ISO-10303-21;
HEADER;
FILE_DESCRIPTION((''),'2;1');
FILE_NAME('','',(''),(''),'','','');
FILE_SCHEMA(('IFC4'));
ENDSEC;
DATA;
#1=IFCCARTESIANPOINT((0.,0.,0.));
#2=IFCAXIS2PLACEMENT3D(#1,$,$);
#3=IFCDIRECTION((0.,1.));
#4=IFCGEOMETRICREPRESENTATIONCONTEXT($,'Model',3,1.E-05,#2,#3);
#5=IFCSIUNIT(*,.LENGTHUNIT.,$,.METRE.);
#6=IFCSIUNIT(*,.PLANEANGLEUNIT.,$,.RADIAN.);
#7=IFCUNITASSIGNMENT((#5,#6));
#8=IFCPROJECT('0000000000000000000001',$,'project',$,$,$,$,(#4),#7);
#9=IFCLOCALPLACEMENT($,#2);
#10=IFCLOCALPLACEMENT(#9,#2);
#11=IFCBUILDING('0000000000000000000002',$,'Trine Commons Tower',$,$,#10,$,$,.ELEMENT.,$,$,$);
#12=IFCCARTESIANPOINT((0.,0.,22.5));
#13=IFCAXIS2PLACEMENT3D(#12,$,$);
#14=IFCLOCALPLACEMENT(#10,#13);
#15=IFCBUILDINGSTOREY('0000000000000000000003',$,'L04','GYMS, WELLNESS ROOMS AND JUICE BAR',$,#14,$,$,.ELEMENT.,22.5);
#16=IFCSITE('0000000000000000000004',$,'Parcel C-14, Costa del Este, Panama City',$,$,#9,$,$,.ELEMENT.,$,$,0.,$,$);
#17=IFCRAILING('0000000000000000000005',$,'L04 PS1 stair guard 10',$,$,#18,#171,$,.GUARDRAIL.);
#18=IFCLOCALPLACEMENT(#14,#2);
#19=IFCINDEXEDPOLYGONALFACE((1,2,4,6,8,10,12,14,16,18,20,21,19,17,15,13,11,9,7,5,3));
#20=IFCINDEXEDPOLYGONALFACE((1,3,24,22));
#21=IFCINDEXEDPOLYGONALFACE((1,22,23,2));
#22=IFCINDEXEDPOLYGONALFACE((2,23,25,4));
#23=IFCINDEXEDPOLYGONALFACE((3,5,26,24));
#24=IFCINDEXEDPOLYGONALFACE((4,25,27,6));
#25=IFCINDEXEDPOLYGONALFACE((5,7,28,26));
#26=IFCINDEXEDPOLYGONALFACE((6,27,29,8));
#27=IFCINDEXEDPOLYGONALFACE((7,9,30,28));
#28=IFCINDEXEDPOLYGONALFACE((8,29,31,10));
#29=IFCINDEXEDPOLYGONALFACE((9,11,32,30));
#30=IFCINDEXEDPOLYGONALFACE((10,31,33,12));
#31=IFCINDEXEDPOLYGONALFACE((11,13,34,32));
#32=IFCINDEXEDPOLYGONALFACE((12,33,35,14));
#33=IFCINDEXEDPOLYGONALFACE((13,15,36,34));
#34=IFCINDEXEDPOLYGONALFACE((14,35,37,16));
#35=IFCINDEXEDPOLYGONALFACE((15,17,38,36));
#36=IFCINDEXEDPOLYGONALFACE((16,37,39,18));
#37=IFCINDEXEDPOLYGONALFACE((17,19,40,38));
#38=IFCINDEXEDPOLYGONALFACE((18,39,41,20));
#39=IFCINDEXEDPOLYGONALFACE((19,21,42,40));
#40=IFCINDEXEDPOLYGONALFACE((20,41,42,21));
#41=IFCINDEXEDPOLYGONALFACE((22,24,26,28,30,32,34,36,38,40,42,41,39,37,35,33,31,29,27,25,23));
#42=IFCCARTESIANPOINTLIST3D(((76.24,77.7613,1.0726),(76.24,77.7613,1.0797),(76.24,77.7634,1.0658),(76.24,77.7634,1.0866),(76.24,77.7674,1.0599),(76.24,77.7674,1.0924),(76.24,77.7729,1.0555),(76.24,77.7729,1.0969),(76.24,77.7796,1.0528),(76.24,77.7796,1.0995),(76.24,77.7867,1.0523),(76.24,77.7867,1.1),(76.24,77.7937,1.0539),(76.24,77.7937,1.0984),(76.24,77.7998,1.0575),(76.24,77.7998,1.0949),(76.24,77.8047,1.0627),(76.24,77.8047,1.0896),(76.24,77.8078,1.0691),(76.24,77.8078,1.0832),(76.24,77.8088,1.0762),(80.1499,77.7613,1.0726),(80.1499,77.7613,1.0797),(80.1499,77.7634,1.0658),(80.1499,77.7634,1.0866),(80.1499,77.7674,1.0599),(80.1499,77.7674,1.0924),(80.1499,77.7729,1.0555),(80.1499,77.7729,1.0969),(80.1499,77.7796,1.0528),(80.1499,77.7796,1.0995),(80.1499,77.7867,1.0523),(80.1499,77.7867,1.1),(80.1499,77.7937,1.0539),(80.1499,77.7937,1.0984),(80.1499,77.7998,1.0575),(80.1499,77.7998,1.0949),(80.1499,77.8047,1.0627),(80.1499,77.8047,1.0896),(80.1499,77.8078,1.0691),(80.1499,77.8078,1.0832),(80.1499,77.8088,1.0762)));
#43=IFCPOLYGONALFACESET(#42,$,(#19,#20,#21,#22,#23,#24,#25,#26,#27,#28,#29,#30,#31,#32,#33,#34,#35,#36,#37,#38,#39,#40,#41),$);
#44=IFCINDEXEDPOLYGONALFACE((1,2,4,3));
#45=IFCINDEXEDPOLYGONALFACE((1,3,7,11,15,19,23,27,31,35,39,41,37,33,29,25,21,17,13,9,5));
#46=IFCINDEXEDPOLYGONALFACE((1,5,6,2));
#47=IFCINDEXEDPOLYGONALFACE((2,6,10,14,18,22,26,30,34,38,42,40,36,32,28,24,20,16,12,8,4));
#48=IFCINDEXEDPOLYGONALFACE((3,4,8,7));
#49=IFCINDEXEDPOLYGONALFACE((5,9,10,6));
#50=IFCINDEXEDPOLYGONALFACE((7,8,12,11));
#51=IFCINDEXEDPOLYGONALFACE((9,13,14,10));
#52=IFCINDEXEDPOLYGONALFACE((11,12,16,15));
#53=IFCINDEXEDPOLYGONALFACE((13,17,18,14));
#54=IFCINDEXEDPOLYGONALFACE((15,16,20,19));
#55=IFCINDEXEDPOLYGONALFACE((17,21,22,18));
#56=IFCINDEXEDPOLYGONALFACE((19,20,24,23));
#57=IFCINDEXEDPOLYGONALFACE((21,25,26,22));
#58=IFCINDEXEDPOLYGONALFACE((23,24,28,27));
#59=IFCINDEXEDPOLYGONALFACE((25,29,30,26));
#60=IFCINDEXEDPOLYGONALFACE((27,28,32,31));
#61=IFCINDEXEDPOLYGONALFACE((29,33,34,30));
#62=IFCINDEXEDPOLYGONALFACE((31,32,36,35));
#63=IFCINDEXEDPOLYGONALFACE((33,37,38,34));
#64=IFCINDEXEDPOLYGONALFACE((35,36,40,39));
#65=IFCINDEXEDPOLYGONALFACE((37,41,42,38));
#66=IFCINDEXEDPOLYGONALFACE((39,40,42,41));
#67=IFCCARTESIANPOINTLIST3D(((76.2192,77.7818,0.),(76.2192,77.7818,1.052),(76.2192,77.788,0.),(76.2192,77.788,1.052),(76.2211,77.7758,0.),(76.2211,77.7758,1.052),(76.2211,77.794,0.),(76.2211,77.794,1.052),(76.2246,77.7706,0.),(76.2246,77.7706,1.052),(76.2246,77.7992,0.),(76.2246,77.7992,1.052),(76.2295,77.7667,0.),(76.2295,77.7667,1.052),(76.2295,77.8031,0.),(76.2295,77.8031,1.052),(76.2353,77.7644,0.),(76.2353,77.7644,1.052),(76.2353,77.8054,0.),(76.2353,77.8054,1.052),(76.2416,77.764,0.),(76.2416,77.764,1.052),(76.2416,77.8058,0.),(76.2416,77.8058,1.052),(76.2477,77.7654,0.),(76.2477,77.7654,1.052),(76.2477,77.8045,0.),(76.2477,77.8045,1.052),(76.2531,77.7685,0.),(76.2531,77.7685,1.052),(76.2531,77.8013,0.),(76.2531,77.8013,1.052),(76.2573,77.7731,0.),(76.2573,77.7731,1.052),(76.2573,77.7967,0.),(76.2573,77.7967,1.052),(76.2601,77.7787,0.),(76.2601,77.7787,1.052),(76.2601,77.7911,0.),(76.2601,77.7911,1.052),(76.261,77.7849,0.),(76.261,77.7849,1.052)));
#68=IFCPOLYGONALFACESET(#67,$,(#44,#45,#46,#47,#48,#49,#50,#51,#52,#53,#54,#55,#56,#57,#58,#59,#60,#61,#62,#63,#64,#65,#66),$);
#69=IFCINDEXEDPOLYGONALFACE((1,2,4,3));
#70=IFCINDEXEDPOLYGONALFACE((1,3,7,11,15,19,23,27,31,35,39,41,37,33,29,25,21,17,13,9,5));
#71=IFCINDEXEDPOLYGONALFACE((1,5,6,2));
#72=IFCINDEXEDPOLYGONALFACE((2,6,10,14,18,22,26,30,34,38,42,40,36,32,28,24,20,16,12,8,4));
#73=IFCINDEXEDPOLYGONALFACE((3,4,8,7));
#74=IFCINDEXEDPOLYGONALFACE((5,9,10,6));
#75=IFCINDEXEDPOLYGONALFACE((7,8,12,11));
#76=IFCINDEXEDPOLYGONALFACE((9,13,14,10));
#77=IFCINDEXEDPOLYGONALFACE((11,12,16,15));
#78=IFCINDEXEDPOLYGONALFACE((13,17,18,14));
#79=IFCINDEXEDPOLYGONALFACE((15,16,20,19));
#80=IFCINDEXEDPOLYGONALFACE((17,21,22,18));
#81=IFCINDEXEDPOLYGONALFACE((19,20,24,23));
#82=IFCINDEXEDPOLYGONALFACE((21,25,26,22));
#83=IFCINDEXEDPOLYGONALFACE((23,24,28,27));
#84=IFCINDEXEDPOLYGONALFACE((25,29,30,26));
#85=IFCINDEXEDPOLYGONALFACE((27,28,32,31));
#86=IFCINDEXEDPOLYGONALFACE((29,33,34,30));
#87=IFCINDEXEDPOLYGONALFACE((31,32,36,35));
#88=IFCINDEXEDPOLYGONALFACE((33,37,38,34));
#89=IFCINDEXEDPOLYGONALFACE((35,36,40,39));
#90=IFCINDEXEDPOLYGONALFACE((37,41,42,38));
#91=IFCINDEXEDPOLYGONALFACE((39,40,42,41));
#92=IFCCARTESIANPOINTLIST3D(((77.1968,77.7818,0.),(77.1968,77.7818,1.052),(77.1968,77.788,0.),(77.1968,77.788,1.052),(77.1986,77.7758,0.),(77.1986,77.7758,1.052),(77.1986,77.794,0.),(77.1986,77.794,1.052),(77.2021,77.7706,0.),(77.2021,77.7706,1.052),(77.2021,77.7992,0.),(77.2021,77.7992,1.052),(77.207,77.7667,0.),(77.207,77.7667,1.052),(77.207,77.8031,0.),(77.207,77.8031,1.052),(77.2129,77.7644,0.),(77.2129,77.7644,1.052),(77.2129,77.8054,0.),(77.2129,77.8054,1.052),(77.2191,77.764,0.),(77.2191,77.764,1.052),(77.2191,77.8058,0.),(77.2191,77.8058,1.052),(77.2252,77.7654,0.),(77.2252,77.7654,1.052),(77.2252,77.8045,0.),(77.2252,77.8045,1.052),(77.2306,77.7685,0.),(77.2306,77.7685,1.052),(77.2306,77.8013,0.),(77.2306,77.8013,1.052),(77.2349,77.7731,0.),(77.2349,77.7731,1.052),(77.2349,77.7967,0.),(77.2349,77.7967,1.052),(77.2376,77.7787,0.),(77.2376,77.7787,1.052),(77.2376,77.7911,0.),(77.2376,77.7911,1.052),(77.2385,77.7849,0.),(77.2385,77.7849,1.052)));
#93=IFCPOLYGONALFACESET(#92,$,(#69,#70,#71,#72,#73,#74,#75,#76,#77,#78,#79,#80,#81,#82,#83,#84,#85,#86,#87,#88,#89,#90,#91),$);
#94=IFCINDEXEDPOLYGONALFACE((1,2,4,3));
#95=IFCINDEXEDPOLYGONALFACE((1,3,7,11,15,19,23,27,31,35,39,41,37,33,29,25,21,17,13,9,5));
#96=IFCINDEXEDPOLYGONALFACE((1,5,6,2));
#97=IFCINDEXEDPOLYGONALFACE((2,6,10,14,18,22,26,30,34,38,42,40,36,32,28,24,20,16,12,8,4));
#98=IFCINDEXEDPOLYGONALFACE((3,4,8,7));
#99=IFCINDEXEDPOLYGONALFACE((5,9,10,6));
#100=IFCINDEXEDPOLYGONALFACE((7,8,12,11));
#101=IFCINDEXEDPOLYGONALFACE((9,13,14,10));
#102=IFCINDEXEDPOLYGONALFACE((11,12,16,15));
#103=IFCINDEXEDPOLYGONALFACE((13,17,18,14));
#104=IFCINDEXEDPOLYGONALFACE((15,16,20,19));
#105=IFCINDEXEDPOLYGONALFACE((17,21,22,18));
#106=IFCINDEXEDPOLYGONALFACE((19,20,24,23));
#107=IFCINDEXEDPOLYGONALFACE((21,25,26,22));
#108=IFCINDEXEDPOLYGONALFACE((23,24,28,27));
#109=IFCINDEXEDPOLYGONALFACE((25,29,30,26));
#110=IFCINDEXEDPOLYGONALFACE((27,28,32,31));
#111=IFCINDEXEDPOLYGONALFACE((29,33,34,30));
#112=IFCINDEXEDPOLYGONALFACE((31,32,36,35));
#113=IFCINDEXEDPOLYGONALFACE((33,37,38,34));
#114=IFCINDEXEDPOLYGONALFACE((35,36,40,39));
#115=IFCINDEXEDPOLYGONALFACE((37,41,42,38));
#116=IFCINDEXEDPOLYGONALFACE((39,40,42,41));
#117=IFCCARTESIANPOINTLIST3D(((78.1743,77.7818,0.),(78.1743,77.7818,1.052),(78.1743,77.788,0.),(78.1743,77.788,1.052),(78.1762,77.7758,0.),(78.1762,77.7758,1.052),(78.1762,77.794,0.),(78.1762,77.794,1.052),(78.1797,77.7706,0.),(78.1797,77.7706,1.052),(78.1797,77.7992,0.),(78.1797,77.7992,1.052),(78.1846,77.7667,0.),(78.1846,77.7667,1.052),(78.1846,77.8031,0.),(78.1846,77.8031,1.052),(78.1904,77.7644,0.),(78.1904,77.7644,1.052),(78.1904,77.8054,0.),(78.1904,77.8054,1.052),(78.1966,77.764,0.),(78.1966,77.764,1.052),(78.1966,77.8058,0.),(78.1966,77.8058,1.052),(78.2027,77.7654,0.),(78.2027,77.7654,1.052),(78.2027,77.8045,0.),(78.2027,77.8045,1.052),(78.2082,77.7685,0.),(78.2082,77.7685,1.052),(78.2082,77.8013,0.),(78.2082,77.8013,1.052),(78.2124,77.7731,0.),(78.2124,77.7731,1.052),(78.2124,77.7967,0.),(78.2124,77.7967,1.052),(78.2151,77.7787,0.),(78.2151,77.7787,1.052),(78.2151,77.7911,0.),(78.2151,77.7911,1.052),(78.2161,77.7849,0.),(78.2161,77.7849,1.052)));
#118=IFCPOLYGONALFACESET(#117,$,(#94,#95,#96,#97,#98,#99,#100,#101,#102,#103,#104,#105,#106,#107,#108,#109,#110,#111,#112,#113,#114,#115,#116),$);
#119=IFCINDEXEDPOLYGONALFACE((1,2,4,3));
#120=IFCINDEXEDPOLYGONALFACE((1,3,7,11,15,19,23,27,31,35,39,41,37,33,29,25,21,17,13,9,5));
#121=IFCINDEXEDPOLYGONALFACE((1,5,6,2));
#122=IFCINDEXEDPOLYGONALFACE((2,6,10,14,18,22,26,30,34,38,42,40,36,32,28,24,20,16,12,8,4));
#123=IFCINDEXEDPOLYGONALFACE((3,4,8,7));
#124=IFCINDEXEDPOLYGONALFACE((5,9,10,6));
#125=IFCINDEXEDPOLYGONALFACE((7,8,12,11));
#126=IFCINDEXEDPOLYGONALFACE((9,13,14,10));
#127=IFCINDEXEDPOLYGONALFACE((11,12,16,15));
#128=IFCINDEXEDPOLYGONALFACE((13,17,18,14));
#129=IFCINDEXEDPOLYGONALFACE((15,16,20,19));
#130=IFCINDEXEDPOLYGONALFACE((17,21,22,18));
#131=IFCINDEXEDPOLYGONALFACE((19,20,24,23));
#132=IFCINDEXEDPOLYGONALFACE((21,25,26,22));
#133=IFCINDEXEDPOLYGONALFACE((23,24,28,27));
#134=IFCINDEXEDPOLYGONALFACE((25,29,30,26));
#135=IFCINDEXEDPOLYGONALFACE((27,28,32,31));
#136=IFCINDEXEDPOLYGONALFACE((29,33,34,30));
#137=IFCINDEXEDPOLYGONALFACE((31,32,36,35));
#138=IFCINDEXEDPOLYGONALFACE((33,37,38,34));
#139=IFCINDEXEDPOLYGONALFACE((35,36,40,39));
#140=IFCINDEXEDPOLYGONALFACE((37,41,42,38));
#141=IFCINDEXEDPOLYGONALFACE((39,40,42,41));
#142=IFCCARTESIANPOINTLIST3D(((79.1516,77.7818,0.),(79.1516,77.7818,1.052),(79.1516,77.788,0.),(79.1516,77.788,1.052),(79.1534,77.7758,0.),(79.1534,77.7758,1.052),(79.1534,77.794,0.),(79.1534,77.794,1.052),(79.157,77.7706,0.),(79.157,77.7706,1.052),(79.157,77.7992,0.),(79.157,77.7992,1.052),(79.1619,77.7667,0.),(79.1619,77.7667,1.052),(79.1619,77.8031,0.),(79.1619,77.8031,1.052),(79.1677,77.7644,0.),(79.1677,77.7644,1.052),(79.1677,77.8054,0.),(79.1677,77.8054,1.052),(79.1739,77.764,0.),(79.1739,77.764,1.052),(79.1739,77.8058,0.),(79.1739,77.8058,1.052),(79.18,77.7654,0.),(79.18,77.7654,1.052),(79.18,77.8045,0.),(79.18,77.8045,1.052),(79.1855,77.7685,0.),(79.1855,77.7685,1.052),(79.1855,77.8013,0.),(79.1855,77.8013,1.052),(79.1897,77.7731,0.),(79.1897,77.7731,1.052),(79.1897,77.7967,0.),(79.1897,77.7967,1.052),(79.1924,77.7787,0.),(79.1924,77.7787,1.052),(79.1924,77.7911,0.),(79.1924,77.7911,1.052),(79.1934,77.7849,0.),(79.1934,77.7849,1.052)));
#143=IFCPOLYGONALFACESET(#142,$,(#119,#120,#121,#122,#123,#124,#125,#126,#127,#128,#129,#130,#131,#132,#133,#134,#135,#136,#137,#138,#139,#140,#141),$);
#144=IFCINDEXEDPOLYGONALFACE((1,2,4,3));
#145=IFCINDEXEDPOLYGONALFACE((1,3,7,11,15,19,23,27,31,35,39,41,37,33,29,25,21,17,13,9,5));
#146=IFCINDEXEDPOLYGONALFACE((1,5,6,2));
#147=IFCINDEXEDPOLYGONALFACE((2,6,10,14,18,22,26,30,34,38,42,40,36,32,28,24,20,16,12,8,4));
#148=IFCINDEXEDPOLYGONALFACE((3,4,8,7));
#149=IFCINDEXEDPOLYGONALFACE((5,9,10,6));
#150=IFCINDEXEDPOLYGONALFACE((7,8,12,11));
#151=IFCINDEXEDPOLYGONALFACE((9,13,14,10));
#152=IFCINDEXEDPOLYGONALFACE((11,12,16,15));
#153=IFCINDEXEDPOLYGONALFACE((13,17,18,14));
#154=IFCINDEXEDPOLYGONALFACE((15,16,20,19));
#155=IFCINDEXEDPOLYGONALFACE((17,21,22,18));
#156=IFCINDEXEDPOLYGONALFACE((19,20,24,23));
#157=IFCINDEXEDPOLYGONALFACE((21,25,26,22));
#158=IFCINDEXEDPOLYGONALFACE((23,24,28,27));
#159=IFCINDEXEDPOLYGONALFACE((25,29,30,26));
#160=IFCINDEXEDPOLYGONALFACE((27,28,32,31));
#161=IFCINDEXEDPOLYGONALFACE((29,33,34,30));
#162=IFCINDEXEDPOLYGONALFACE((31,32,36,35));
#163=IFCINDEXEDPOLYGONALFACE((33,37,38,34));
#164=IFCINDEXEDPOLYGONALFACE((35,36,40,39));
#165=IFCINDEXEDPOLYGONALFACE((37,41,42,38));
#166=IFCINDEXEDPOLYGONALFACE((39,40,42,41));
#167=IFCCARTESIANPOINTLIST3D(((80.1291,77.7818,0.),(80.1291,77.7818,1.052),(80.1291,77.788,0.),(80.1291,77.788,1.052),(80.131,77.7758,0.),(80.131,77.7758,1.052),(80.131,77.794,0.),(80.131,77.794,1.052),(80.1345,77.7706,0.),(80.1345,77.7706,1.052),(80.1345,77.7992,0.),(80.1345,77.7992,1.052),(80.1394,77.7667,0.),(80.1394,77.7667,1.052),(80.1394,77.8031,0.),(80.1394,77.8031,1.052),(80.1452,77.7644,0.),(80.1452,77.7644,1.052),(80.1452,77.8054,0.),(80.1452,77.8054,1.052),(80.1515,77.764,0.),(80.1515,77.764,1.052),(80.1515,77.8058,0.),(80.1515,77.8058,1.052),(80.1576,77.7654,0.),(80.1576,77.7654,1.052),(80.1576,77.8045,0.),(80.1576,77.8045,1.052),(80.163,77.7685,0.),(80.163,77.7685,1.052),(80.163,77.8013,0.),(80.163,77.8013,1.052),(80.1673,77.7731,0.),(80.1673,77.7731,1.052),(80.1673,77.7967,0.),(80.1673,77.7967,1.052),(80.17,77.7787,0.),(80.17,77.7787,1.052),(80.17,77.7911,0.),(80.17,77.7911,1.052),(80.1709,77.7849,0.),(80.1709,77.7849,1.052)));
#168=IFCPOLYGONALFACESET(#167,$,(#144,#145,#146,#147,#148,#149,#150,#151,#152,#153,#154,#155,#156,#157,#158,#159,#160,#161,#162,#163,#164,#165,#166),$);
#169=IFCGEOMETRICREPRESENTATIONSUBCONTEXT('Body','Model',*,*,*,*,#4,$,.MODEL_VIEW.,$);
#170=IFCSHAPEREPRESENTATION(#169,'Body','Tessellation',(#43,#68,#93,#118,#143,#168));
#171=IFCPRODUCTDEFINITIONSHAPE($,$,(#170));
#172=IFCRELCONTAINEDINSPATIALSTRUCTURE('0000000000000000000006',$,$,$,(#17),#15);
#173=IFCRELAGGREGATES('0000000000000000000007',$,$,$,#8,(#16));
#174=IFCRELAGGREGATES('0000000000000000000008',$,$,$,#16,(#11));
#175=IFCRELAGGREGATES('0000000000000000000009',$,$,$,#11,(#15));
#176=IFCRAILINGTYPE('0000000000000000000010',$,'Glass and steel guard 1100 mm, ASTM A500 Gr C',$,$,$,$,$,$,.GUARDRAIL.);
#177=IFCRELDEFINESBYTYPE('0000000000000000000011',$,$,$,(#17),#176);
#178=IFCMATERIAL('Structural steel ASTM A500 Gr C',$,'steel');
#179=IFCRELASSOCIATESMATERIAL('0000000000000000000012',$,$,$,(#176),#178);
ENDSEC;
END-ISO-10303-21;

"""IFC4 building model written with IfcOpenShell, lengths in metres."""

from ifc_helpers import new_model, si_unit, direction, frame, origin, origin_2d, place, context, subcontext, project, spatial, circle, extrude, material, type_object, element, save


model = new_model("IFC4")

# Units and contexts
model_context = context("Model", 3, precision=1e-05, world=origin(), true_north=direction((0.0, 1.0)))
body_context = subcontext(model_context, "Body", "Model", "MODEL_VIEW")
ifc_project = project(units=[si_unit("LENGTHUNIT", "METRE"), si_unit("PLANEANGLEUNIT", "RADIAN")], contexts=[model_context])

# Site, building, storey
site_placement = place(None, origin())
site = spatial("IfcSite", under=ifc_project, at=site_placement, Name="Parcel C-14, Costa del Este, Panama City", CompositionType="ELEMENT", RefElevation=0.0)
building_placement = place(site_placement, origin())
building = spatial("IfcBuilding", under=site, at=building_placement, Name="Trine Commons Tower", CompositionType="ELEMENT")
storey_placement = place(building_placement, frame((0.0, 0.0, 22.5)))
storey = spatial("IfcBuildingStorey", under=building, at=storey_placement, Name="L04", Description="GYMS, WELLNESS ROOMS AND JUICE BAR", CompositionType="ELEMENT", Elevation=22.5)

# Railing
ifc_material_1 = material(Name="Structural steel ASTM A500 Gr C", Category="steel")
railing_type_1 = type_object("IfcRailingType", Name="Glass and steel guard 1100 mm, ASTM A500 Gr C", PredefinedType="GUARDRAIL", material=ifc_material_1)
for number, where, name in (
    (1, (76.24, 77.7849, 0.0), "L04 PS1 stair guard 10"),
):
    element("IfcRailing", number, at=place(storey_placement, frame(where)), inside=storey, type_object=railing_type_1, Name=name, PredefinedType="GUARDRAIL", context=body_context, shape_type="SweptSolid", body=[
        extrude(circle(Radius=0.0239, at=origin_2d()), frame((0.0, 0.0, 1.0762), z_axis=(1.0, 0.0, 0.0), x_axis=(0.0, 1.0, 0.0)), (0.0, 0.0, 1.0), 3.9099),
        extrude(circle(Radius=0.021, at=origin_2d()), origin(), (0.0, 0.0, 1.0), 1.052),
        extrude(circle(Radius=0.021, at=origin_2d()), frame((0.9775, 0.0, 0.0)), (0.0, 0.0, 1.0), 1.052),
        extrude(circle(Radius=0.021, at=origin_2d()), frame((1.9551, 0.0, 0.0)), (0.0, 0.0, 1.0), 1.052),
        extrude(circle(Radius=0.021, at=origin_2d()), frame((2.9324, 0.0, 0.0)), (0.0, 0.0, 1.0), 1.052),
        extrude(circle(Radius=0.021, at=origin_2d()), frame((3.9099, 0.0, 0.0)), (0.0, 0.0, 1.0), 1.052),
    ])

save(model, "model.ifc")
